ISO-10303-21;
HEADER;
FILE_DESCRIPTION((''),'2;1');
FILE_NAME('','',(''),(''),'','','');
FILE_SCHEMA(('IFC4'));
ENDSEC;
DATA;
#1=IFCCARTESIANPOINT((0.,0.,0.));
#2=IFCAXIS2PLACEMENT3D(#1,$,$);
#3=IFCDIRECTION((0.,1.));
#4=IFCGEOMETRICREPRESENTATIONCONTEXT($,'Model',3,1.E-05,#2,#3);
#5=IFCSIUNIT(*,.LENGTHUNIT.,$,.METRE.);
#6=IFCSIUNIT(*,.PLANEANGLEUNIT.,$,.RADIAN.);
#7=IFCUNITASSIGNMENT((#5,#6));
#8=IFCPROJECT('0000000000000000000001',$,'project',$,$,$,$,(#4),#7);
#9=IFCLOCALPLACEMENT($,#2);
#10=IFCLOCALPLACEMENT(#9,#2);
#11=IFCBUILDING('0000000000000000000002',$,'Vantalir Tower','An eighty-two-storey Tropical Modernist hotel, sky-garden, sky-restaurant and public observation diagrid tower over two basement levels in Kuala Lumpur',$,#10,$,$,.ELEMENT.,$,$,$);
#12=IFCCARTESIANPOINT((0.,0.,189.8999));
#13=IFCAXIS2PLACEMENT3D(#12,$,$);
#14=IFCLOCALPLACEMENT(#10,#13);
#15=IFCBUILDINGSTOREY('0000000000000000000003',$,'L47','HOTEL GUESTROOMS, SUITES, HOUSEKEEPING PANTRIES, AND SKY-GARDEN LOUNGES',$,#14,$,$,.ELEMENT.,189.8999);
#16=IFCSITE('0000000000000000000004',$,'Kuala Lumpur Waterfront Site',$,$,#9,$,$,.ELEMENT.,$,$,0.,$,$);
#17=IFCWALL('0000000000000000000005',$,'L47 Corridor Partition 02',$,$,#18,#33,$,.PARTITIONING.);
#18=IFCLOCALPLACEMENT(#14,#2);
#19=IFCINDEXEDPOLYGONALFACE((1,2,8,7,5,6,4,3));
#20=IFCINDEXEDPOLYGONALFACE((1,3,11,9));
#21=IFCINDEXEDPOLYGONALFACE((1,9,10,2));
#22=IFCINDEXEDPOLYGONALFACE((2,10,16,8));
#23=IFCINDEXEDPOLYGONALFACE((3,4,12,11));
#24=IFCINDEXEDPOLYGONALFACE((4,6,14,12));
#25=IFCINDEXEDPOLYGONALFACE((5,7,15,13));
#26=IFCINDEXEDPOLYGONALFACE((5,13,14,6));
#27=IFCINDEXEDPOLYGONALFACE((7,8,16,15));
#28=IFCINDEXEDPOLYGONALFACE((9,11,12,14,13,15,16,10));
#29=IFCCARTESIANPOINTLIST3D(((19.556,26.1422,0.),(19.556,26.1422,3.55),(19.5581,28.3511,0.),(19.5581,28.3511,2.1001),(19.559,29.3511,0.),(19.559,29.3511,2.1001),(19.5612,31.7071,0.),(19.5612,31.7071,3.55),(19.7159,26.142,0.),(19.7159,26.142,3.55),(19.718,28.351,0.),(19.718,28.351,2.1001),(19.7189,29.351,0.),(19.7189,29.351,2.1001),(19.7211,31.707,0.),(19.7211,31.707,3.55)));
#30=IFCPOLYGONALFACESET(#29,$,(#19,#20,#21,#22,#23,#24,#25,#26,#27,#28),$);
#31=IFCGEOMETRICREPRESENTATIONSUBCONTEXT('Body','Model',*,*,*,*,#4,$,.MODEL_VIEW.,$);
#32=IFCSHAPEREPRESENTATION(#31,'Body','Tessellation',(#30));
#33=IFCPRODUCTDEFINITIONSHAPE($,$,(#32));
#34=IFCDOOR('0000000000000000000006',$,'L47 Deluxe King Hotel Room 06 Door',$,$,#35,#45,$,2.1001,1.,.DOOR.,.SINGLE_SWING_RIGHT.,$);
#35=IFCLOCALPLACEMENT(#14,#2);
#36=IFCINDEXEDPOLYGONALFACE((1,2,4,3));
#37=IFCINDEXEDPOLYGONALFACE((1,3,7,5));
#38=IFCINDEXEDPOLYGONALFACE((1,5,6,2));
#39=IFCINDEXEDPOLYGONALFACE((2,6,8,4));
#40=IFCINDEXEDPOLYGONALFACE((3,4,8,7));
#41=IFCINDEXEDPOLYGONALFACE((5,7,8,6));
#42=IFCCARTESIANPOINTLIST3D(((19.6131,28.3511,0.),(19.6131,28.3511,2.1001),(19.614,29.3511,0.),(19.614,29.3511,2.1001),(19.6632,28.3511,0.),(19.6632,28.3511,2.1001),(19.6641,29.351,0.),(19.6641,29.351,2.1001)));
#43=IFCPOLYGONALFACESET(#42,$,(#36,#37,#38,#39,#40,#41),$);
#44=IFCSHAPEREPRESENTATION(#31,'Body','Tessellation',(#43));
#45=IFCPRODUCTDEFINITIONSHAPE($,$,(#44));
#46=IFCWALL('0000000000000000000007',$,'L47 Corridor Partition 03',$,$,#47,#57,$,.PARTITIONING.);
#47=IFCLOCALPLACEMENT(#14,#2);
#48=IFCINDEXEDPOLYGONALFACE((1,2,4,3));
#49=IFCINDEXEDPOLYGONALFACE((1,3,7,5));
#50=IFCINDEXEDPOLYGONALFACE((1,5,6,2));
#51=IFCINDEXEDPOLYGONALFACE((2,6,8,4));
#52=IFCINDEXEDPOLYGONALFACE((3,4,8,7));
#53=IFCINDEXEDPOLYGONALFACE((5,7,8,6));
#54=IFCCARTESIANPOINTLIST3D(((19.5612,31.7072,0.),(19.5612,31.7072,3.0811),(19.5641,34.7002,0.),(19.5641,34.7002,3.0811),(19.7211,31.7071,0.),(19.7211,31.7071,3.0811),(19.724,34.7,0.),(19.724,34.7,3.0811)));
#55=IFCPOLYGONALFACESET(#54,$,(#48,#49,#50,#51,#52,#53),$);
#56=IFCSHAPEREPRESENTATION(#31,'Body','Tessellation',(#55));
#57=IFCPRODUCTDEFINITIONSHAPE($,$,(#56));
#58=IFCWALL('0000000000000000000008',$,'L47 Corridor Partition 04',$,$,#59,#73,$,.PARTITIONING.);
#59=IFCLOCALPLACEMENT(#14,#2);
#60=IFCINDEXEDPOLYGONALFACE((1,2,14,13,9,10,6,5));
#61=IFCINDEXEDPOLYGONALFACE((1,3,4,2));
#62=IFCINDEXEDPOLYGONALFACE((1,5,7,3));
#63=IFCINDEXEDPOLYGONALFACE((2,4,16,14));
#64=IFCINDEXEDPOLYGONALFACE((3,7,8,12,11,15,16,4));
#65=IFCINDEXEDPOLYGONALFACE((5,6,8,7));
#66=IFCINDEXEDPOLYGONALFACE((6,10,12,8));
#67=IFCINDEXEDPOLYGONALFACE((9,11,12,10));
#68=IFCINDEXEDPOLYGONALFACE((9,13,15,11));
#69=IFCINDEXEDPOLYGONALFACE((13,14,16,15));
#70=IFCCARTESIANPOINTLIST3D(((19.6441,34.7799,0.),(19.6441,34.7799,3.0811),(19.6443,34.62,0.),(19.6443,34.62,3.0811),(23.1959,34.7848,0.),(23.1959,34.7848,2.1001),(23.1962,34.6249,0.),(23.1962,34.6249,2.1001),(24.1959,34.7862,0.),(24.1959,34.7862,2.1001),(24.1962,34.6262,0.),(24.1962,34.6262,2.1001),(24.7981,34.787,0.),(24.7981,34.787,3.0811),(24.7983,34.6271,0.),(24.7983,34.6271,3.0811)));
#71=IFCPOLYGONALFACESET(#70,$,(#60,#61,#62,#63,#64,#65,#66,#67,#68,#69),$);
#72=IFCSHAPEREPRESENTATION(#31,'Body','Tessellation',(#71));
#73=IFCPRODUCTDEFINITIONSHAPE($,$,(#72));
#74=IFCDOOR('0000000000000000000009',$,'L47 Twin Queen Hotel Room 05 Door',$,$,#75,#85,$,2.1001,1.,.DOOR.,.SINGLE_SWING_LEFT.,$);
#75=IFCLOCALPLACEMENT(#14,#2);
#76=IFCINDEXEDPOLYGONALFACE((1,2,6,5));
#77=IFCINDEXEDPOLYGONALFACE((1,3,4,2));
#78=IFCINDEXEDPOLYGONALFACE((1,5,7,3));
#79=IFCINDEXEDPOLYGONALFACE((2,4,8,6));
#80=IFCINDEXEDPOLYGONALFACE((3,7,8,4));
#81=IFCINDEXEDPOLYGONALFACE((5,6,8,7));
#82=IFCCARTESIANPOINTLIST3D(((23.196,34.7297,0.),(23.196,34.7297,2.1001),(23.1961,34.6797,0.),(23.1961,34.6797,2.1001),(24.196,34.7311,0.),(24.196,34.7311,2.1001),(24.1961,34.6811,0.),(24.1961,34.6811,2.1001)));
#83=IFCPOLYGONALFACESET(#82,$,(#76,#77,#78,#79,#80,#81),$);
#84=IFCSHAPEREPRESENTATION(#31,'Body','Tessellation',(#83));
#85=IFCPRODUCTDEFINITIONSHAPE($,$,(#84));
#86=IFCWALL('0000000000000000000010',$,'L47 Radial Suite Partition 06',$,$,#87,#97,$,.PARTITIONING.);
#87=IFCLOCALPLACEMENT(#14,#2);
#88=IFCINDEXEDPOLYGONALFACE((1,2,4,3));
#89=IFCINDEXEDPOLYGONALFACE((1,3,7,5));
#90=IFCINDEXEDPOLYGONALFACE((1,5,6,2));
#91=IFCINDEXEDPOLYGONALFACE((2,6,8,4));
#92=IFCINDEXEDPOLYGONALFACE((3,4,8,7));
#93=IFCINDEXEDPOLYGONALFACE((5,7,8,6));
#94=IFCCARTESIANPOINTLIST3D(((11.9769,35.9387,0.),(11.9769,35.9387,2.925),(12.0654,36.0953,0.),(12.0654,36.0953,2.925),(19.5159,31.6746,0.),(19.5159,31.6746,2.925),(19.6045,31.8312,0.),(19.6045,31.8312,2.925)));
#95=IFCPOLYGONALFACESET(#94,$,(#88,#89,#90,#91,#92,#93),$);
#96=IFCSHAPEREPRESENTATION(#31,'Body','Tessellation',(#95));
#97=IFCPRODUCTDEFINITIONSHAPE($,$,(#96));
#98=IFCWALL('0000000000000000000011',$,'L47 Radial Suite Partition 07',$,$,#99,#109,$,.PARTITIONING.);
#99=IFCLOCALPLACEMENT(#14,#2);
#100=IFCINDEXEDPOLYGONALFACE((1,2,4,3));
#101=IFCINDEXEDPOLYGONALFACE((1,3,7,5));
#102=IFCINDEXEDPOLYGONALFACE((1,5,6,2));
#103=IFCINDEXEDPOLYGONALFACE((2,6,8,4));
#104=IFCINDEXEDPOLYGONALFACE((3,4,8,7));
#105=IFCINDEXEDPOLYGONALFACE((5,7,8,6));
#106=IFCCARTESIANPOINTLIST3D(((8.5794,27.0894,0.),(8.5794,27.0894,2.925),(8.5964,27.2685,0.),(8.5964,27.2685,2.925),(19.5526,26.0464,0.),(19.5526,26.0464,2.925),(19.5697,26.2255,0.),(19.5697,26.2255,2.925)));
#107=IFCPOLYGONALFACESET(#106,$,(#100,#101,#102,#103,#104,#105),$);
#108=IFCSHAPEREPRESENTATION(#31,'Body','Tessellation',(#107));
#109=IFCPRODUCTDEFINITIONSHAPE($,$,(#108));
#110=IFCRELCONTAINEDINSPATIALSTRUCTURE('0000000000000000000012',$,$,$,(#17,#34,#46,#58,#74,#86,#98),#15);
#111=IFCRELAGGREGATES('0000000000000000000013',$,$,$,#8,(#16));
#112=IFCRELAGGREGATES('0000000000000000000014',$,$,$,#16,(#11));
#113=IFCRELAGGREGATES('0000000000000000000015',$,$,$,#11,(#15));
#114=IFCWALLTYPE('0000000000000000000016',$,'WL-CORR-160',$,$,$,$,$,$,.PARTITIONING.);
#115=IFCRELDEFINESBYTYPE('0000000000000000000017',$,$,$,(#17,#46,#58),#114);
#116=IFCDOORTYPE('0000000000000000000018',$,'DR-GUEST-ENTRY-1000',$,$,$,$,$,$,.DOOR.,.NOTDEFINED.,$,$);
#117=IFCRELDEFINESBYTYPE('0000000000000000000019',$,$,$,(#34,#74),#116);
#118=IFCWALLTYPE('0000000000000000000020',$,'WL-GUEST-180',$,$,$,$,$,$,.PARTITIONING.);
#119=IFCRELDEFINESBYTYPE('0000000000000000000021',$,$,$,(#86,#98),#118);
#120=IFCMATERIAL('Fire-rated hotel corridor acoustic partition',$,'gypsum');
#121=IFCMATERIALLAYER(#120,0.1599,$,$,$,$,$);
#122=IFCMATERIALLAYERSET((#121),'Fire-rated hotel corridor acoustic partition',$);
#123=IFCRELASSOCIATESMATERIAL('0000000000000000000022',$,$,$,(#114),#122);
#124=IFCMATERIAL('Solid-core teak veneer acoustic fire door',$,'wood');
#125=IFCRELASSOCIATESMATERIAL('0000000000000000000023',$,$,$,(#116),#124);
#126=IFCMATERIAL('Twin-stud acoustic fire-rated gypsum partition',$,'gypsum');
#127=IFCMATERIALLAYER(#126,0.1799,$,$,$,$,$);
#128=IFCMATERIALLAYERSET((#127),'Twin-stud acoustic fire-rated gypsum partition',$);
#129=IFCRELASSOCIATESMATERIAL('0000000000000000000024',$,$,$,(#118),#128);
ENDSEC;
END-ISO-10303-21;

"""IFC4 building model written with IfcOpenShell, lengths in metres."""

from ifc_helpers import new_model, si_unit, direction, frame, frame_2d, origin, place, context, subcontext, project, spatial, rectangle, extrude, material, layer, layer_set, type_object, element, fill, save


model = new_model("IFC4")

# Units and contexts
model_context = context("Model", 3, precision=1e-05, world=origin(), true_north=direction((0.0, 1.0)))
body_context = subcontext(model_context, "Body", "Model", "MODEL_VIEW")
ifc_project = project(units=[si_unit("LENGTHUNIT", "METRE"), si_unit("PLANEANGLEUNIT", "RADIAN")], contexts=[model_context])

# Site, building, storey
site_placement = place(None, origin())
site = spatial("IfcSite", under=ifc_project, at=site_placement, Name="Kuala Lumpur Waterfront Site", CompositionType="ELEMENT", RefElevation=0.0)
building_placement = place(site_placement, origin())
building = spatial("IfcBuilding", under=site, at=building_placement, Name="Vantalir Tower", Description="An eighty-two-storey Tropical Modernist hotel, sky-garden, sky-restaurant and public observation diagrid tower over two basement levels in Kuala Lumpur", CompositionType="ELEMENT")
storey_placement = place(building_placement, frame((0.0, 0.0, 189.8999)))
storey = spatial("IfcBuildingStorey", under=building, at=storey_placement, Name="L47", Description="HOTEL GUESTROOMS, SUITES, HOUSEKEEPING PANTRIES, AND SKY-GARDEN LOUNGES", CompositionType="ELEMENT", Elevation=189.8999)

# Wall, opening, door
ifc_material_1 = material(Name="Fire-rated hotel corridor acoustic partition", Category="gypsum")
ifc_layer_1 = layer(ifc_material_1, 0.1599)
ifc_layer_set_1 = layer_set([ifc_layer_1], Name="Fire-rated hotel corridor acoustic partition")
wall_type_1 = type_object("IfcWallType", Name="WL-CORR-160", PredefinedType="PARTITIONING", material=ifc_layer_set_1)
wall_1_placement = place(storey_placement, frame((19.636, 26.1421, 0.0), z_axis=(0.0, 0.0, 1.0), x_axis=(0.000921, 1.0, 0.0)))
wall_1 = element("IfcWall", 1, at=wall_1_placement, inside=storey, type_object=wall_type_1, Name="L47 Corridor Partition 02", PredefinedType="PARTITIONING", context=body_context, shape_type="SweptSolid", body=[
    extrude(rectangle(XDim=5.5649, YDim=0.1599, at=frame_2d((2.7825, 0.0))), origin(), (0.0, 0.0, 1.0), 3.55),
])
opening_1_placement = place(wall_1_placement, frame((2.209, 0.0, 0.0)))
opening_1 = element("IfcOpeningElement", 2, at=opening_1_placement, cuts=wall_1, PredefinedType="OPENING", context=body_context, shape_type="SweptSolid", body=[
    extrude(rectangle(XDim=1.0, YDim=2.1001, at=frame_2d((0.5, 1.05))), frame((0.0, 0.0898, 0.0), z_axis=(0.0, -1.0, 0.0), x_axis=(1.0, 0.0, 0.0)), (0.0, 0.0, 1.0), 0.1799),
])
ifc_material_2 = material(Name="Solid-core teak veneer acoustic fire door", Category="wood")
door_type_1 = type_object("IfcDoorType", Name="DR-GUEST-ENTRY-1000", OperationType="NOTDEFINED", PredefinedType="DOOR", material=ifc_material_2)
door_1_placement = place(opening_1_placement, origin())
door_1 = element("IfcDoor", 3, at=door_1_placement, inside=storey, type_object=door_type_1, Name="L47 Deluxe King Hotel Room 06 Door", OperationType="SINGLE_SWING_RIGHT", OverallHeight=2.1001, OverallWidth=1.0, PredefinedType="DOOR", context=body_context, shape_type="SweptSolid", body=[
    extrude(rectangle(XDim=1.0, YDim=2.1001, at=frame_2d((0.5, 1.05))), frame((0.0, 0.0249, 0.0), z_axis=(0.0, -1.0, 0.0), x_axis=(1.0, 0.0, 0.0)), (0.0, 0.0, 1.0), 0.05),
])
fill(opening_1, door_1)

# Wall
wall_2_placement = place(storey_placement, frame((19.6411, 31.707, 0.0), z_axis=(0.0, 0.0, 1.0), x_axis=(0.000979, 1.0, 0.0)))
element("IfcWall", 4, at=wall_2_placement, inside=storey, type_object=wall_type_1, Name="L47 Corridor Partition 03", PredefinedType="PARTITIONING", context=body_context, shape_type="SweptSolid", body=[
    extrude(rectangle(XDim=2.9929, YDim=0.1599, at=frame_2d((1.4966, 0.0))), origin(), (0.0, 0.0, 1.0), 3.0811),
])

# Wall, opening, door
wall_3_placement = place(storey_placement, frame((19.644, 34.7, 0.0), z_axis=(0.0, 0.0, 1.0), x_axis=(0.999999, 0.001374, 0.0)))
wall_3 = element("IfcWall", 5, at=wall_3_placement, inside=storey, type_object=wall_type_1, Name="L47 Corridor Partition 04", PredefinedType="PARTITIONING", context=body_context, shape_type="SweptSolid", body=[
    extrude(rectangle(XDim=5.1541, YDim=0.1599, at=frame_2d((2.5771, 0.0))), origin(), (0.0, 0.0, 1.0), 3.0811),
])
opening_2_placement = place(wall_3_placement, frame((3.552, 0.0, 0.0)))
opening_2 = element("IfcOpeningElement", 6, at=opening_2_placement, cuts=wall_3, PredefinedType="OPENING", context=body_context, shape_type="SweptSolid", body=[
    extrude(rectangle(XDim=1.0, YDim=2.1001, at=frame_2d((0.5, 1.05))), frame((0.0, 0.0898, 0.0), z_axis=(0.0, -1.0, 0.0), x_axis=(1.0, 0.0, 0.0)), (0.0, 0.0, 1.0), 0.1799),
])
door_2_placement = place(opening_2_placement, origin())
door_2 = element("IfcDoor", 7, at=door_2_placement, inside=storey, type_object=door_type_1, Name="L47 Twin Queen Hotel Room 05 Door", OperationType="SINGLE_SWING_LEFT", OverallHeight=2.1001, OverallWidth=1.0, PredefinedType="DOOR", context=body_context, shape_type="SweptSolid", body=[
    extrude(rectangle(XDim=1.0, YDim=2.1001, at=frame_2d((0.5, 1.05))), frame((0.0, 0.0249, 0.0), z_axis=(0.0, -1.0, 0.0), x_axis=(1.0, 0.0, 0.0)), (0.0, 0.0, 1.0), 0.05),
])
fill(opening_2, door_2)

# Walls
ifc_material_3 = material(Name="Twin-stud acoustic fire-rated gypsum partition", Category="gypsum")
ifc_layer_2 = layer(ifc_material_3, 0.1799)
ifc_layer_set_2 = layer_set([ifc_layer_2], Name="Twin-stud acoustic fire-rated gypsum partition")
wall_type_2 = type_object("IfcWallType", Name="WL-GUEST-180", PredefinedType="PARTITIONING", material=ifc_layer_set_2)
wall_4_placement = place(storey_placement, frame((19.5601, 31.7529, 0.0), z_axis=(0.0, 0.0, 1.0), x_axis=(-0.870417, 0.492315, 0.0)))
element("IfcWall", 8, at=wall_4_placement, inside=storey, type_object=wall_type_2, Name="L47 Radial Suite Partition 06", PredefinedType="PARTITIONING", context=body_context, shape_type="SweptSolid", body=[
    extrude(rectangle(XDim=8.6614, YDim=0.1799, at=frame_2d((4.3306, 0.0))), origin(), (0.0, 0.0, 1.0), 2.925),
])
wall_5_placement = place(storey_placement, frame((19.561, 26.136, 0.0), z_axis=(0.0, 0.0, 1.0), x_axis=(-0.995513, 0.094621, 0.0)))
element("IfcWall", 9, at=wall_5_placement, inside=storey, type_object=wall_type_2, Name="L47 Radial Suite Partition 07", PredefinedType="PARTITIONING", context=body_context, shape_type="SweptSolid", body=[
    extrude(rectangle(XDim=11.0227, YDim=0.1799, at=frame_2d((5.5112, 0.0))), origin(), (0.0, 0.0, 1.0), 2.925),
])

save(model, "model.ifc")
